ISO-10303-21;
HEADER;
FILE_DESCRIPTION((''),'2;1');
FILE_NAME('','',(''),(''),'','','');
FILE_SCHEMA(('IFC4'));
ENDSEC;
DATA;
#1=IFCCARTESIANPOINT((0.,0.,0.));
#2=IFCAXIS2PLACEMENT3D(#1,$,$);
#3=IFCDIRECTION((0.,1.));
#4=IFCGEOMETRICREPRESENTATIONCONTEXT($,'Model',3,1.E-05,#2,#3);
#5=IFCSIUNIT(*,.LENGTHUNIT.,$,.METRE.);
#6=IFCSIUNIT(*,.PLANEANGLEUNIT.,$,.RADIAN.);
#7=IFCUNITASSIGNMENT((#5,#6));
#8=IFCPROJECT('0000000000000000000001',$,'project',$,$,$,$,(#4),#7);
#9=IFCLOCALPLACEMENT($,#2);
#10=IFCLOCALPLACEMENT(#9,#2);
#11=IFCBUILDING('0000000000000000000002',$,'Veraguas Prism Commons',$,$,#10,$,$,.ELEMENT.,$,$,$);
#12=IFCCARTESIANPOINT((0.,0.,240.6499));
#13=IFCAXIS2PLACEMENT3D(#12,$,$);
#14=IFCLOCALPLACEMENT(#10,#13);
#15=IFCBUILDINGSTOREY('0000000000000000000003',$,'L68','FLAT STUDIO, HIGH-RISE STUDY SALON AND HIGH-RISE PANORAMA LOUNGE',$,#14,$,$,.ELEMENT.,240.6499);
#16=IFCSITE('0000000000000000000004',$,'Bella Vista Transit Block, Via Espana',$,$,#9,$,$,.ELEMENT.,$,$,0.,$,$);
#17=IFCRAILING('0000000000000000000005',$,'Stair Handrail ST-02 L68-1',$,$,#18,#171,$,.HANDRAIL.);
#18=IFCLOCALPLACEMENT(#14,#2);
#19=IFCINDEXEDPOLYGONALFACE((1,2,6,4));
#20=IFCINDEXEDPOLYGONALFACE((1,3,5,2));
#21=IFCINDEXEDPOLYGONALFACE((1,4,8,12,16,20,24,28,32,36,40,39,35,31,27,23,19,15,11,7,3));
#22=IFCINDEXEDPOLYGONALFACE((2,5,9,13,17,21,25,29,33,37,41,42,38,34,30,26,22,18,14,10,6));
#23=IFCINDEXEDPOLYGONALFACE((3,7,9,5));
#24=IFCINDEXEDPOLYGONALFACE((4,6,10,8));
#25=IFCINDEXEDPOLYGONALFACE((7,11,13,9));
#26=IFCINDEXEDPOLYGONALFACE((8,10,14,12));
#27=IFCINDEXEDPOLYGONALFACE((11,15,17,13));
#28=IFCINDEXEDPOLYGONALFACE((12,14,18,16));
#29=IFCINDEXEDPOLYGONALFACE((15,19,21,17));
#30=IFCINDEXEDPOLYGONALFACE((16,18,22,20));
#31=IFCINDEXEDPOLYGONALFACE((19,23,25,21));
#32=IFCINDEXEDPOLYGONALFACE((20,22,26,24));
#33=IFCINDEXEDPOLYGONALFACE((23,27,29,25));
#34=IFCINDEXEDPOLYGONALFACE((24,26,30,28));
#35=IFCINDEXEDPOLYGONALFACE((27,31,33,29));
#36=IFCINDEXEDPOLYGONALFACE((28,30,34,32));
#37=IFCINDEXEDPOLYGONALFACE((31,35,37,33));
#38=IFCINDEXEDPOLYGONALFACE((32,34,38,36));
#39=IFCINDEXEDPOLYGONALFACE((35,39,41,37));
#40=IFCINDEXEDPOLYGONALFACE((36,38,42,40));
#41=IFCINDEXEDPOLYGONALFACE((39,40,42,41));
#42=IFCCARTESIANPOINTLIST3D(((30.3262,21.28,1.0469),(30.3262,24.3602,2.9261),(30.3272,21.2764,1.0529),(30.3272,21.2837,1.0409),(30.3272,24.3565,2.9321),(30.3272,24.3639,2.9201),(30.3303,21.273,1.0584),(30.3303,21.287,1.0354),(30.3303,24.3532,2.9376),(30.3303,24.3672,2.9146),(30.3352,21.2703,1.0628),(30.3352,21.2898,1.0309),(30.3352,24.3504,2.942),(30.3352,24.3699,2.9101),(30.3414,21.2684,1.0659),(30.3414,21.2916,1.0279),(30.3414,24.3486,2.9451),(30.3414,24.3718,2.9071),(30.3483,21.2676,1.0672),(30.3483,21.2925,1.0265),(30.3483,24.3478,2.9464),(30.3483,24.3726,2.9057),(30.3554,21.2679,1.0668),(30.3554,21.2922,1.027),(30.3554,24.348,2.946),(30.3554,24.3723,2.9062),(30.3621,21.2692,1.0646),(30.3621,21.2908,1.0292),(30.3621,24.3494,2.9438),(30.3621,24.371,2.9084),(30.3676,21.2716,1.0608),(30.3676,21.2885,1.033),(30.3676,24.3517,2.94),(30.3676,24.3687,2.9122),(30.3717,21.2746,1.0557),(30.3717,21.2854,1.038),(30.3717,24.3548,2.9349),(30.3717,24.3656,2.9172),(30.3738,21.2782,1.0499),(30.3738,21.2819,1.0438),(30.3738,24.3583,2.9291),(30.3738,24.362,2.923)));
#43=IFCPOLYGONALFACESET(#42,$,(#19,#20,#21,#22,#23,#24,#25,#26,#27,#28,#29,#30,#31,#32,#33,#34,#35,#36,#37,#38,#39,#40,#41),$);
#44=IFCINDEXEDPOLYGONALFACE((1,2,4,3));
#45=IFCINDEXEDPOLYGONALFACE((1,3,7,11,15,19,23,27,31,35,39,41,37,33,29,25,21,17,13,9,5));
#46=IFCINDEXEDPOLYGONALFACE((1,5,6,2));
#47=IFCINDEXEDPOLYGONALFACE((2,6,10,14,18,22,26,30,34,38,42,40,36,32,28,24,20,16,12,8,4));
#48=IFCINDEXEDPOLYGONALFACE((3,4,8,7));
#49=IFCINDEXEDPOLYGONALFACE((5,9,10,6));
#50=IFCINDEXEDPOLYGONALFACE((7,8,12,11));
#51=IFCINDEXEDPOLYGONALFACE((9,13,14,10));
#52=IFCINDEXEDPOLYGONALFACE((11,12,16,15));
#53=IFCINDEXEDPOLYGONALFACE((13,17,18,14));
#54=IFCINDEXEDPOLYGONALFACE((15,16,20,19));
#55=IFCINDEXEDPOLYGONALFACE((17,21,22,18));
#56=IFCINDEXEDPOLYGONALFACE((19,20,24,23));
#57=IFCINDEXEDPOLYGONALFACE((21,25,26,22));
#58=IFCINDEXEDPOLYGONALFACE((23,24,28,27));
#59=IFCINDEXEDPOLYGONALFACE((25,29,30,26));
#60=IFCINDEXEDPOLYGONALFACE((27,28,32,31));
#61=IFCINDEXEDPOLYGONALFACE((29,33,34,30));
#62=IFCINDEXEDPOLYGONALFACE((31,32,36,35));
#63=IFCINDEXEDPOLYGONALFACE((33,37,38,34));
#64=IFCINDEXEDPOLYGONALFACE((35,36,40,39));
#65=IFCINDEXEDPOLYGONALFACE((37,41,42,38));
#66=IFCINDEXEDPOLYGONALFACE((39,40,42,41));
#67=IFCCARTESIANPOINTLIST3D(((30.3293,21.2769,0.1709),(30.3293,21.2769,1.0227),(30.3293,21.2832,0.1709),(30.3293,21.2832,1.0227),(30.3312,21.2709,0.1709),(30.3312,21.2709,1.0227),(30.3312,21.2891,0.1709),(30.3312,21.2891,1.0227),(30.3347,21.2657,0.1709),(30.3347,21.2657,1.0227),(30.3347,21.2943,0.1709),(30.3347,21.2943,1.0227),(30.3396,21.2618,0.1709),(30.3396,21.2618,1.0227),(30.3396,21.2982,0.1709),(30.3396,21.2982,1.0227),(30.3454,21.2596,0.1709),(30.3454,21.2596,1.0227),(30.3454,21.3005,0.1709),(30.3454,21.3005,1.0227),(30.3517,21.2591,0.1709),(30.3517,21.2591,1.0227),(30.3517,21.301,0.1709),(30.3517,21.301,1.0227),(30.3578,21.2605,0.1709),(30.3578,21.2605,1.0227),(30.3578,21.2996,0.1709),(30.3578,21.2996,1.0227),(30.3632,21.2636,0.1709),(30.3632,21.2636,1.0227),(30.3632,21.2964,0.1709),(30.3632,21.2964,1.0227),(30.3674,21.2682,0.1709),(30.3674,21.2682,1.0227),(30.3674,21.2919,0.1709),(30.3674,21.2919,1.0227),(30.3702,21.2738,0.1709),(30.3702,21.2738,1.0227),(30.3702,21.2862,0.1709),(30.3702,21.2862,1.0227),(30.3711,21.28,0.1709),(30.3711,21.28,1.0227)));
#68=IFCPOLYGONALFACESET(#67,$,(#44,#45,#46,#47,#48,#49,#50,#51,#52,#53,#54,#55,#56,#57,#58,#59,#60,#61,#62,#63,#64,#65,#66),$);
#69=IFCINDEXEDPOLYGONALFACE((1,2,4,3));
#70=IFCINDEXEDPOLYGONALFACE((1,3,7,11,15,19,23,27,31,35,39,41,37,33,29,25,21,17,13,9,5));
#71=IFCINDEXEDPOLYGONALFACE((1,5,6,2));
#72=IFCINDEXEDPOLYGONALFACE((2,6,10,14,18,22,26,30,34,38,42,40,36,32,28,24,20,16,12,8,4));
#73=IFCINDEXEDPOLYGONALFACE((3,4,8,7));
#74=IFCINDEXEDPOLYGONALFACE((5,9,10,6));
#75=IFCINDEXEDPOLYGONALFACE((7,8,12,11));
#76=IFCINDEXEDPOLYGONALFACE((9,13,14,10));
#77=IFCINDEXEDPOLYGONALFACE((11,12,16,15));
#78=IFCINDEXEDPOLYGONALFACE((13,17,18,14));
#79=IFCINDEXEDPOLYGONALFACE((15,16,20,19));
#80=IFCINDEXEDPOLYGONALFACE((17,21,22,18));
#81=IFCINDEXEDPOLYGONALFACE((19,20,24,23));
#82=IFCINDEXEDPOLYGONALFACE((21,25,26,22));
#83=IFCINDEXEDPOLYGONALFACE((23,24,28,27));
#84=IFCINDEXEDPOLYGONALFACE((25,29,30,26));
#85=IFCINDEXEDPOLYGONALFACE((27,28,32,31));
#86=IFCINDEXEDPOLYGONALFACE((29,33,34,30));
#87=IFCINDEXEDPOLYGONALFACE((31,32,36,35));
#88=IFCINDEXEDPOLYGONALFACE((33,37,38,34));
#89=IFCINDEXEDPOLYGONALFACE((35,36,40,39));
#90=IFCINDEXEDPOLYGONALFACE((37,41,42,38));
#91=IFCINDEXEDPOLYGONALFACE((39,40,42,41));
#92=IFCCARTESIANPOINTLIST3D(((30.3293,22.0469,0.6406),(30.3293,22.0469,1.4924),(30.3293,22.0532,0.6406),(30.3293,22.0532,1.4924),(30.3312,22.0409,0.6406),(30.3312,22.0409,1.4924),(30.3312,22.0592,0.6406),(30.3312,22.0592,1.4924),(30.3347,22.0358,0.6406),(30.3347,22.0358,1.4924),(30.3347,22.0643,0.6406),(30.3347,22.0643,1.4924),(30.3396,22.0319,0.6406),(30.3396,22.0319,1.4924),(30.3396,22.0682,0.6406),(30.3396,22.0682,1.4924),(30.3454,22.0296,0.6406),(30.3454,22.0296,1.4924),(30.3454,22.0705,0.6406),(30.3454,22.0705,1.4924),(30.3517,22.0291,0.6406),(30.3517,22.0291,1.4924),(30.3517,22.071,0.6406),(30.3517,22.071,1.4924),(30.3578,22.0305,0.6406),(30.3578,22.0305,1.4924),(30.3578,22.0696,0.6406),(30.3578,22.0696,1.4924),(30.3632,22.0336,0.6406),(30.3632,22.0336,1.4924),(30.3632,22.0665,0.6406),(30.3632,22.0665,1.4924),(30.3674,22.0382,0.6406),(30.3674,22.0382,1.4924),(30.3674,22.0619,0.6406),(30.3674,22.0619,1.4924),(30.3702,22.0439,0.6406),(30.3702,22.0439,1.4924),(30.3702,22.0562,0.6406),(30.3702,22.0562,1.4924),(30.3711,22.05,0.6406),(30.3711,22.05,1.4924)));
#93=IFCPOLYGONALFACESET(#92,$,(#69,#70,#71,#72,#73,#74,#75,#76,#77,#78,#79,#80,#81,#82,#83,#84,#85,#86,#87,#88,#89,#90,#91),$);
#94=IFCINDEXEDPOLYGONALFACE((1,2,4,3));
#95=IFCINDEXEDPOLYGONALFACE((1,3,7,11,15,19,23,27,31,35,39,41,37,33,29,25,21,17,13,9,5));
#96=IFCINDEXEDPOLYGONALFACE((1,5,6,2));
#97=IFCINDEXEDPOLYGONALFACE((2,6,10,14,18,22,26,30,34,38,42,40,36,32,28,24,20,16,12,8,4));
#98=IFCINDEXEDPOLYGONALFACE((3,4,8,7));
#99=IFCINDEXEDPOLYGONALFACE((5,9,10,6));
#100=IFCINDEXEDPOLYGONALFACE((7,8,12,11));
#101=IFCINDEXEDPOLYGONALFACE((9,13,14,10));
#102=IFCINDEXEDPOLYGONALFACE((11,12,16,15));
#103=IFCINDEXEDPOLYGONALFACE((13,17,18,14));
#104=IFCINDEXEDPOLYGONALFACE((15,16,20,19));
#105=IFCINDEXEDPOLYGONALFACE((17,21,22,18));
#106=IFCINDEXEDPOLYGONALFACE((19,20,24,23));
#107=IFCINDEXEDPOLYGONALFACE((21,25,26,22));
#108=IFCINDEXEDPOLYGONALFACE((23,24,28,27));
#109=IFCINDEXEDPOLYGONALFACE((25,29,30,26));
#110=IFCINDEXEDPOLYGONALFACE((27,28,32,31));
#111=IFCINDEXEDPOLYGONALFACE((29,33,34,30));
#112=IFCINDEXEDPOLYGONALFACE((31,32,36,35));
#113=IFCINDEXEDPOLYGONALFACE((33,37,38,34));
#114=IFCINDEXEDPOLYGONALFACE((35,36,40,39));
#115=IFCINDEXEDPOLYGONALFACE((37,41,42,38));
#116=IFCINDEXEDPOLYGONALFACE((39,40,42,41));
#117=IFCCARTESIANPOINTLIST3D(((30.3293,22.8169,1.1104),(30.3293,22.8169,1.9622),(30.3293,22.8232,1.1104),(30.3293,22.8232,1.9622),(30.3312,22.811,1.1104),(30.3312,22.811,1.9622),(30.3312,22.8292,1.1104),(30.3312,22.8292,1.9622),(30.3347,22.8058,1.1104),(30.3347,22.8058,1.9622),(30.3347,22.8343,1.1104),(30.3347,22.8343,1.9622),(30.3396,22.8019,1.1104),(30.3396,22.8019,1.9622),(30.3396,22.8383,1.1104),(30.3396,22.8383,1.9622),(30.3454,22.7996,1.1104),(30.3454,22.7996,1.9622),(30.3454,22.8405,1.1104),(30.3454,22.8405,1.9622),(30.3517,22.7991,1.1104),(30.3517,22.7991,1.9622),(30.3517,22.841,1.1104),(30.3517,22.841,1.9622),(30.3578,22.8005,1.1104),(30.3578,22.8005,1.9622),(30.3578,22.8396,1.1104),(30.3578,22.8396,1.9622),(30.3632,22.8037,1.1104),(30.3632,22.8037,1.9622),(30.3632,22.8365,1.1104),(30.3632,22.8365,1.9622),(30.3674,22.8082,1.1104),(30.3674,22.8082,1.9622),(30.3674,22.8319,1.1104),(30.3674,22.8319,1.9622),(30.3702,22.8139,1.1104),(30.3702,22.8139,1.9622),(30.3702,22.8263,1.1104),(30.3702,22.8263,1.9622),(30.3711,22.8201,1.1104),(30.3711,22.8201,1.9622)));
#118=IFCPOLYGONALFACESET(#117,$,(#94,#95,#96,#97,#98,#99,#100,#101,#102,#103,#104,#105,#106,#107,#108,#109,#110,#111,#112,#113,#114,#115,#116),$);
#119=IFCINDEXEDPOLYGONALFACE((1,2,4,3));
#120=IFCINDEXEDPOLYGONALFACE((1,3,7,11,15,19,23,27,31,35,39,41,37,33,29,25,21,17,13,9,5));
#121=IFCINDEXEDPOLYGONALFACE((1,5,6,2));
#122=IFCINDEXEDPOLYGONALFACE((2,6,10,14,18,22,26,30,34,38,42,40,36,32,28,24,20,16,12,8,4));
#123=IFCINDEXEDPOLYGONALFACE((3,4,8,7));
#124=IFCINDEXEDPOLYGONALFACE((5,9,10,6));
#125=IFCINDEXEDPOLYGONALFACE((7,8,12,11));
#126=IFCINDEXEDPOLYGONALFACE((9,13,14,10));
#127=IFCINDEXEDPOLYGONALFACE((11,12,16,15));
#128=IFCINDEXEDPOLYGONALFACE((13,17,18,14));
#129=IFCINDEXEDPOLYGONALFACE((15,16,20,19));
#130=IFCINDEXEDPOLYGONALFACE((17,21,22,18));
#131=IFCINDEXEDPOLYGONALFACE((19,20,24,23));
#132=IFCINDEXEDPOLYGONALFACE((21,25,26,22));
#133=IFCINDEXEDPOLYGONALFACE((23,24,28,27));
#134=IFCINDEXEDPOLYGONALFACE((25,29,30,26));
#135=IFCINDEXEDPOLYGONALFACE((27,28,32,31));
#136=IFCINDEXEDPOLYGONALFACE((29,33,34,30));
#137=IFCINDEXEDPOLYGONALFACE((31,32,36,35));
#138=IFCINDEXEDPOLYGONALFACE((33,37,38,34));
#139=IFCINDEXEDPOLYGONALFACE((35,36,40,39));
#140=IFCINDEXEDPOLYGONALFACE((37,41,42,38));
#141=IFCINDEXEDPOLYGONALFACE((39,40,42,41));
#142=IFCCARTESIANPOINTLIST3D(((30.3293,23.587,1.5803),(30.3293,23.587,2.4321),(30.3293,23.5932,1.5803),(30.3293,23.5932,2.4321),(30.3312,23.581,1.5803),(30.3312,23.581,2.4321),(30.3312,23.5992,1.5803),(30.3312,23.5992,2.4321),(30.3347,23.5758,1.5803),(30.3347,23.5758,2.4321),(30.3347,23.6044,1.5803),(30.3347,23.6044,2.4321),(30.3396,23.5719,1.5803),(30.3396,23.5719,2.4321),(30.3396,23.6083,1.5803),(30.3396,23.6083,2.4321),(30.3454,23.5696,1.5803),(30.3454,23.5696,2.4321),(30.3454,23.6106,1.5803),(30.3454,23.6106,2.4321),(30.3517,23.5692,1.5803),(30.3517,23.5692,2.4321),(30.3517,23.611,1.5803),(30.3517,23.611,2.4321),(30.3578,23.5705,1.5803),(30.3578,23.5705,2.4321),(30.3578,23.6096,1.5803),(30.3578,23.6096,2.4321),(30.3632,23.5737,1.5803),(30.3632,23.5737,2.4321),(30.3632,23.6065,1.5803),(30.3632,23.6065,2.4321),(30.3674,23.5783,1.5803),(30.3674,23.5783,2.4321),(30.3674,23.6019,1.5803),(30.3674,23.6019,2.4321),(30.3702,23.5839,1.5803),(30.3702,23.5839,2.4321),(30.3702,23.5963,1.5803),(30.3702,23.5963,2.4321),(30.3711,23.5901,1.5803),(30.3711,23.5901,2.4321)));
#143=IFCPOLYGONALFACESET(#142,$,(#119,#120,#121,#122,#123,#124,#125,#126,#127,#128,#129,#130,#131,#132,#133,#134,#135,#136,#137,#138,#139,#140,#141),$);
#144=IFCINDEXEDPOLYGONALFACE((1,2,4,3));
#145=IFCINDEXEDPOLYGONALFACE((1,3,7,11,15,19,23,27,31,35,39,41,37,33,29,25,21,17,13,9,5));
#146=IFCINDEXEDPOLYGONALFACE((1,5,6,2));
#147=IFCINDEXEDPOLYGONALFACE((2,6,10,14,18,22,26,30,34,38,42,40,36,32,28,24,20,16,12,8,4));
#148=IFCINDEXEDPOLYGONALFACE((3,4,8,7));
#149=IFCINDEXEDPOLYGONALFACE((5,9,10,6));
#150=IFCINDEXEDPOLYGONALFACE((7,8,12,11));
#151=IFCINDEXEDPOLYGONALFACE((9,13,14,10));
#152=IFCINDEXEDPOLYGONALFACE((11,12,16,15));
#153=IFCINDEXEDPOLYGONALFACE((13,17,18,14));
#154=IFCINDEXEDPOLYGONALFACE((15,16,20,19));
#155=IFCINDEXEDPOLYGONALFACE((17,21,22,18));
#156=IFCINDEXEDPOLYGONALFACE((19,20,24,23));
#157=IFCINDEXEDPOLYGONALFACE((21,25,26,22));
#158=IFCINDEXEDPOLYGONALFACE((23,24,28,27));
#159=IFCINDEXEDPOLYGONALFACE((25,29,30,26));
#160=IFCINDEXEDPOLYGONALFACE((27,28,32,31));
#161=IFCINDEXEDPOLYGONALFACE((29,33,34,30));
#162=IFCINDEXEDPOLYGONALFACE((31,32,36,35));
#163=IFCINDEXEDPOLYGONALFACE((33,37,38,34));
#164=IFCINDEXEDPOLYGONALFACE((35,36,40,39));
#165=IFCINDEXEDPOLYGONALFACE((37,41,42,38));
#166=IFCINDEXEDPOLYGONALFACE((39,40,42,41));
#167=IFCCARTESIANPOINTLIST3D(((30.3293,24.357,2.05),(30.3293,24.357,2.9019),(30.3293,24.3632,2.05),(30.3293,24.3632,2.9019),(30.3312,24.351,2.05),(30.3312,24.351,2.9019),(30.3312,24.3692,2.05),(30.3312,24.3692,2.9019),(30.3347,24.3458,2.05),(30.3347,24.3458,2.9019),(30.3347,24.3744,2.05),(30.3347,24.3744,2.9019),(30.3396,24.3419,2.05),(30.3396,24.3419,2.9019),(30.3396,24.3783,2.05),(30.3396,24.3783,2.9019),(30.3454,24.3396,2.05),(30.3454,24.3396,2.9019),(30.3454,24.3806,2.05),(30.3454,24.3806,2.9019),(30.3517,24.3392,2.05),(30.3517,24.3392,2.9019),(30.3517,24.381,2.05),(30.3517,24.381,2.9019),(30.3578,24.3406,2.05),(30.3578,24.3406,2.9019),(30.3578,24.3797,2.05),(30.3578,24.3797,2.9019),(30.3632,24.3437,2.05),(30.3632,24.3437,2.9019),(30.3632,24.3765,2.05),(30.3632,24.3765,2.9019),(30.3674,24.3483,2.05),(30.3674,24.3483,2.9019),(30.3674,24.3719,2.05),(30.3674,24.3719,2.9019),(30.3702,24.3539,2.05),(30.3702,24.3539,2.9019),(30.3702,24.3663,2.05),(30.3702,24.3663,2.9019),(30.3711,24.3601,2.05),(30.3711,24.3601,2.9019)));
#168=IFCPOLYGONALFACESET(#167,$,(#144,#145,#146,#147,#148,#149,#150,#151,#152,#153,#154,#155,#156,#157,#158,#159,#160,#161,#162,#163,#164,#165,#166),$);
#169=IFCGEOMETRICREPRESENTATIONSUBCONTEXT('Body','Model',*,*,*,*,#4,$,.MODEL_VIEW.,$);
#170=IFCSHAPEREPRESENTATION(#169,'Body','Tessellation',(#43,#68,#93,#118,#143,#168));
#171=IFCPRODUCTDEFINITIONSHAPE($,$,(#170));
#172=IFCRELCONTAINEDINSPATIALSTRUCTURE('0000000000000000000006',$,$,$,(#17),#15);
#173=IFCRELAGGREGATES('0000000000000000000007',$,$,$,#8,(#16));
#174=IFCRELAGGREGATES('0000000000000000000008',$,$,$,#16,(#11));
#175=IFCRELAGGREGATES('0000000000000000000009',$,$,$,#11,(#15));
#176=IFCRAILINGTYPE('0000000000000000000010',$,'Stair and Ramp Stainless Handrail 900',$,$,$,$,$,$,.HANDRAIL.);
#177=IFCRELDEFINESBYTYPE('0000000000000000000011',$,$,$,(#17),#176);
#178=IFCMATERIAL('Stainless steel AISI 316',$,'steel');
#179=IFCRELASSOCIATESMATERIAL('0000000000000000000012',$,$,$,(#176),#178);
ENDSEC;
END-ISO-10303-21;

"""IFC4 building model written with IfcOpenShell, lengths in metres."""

from ifc_helpers import new_model, si_unit, direction, frame, origin, origin_2d, place, context, subcontext, project, spatial, circle, extrude, material, type_object, element, save


model = new_model("IFC4")

# Units and contexts
model_context = context("Model", 3, precision=1e-05, world=origin(), true_north=direction((0.0, 1.0)))
body_context = subcontext(model_context, "Body", "Model", "MODEL_VIEW")
ifc_project = project(units=[si_unit("LENGTHUNIT", "METRE"), si_unit("PLANEANGLEUNIT", "RADIAN")], contexts=[model_context])

# Site, building, storey
site_placement = place(None, origin())
site = spatial("IfcSite", under=ifc_project, at=site_placement, Name="Bella Vista Transit Block, Via Espana", CompositionType="ELEMENT", RefElevation=0.0)
building_placement = place(site_placement, origin())
building = spatial("IfcBuilding", under=site, at=building_placement, Name="Veraguas Prism Commons", CompositionType="ELEMENT")
storey_placement = place(building_placement, frame((0.0, 0.0, 240.6499)))
storey = spatial("IfcBuildingStorey", under=building, at=storey_placement, Name="L68", Description="FLAT STUDIO, HIGH-RISE STUDY SALON AND HIGH-RISE PANORAMA LOUNGE", CompositionType="ELEMENT", Elevation=240.6499)

# Railing
ifc_material_1 = material(Name="Stainless steel AISI 316", Category="steel")
railing_type_1 = type_object("IfcRailingType", Name="Stair and Ramp Stainless Handrail 900", PredefinedType="HANDRAIL", material=ifc_material_1)
railing_1_placement = place(storey_placement, frame((30.3501, 21.28, 0.1709)))
element("IfcRailing", 1, at=railing_1_placement, inside=storey, type_object=railing_type_1, Name="Stair Handrail ST-02 L68-1", PredefinedType="HANDRAIL", context=body_context, shape_type="SweptSolid", body=[
    extrude(circle(Radius=0.0239, at=origin_2d()), frame((0.0, 0.0, 0.876), z_axis=(0.0, 0.853666, 0.52082), x_axis=(-1.0, 0.0, 0.0)), (0.0, 0.0, 1.0), 3.6082),
    extrude(circle(Radius=0.021, at=origin_2d()), origin(), (0.0, 0.0, 1.0), 0.8518),
    extrude(circle(Radius=0.021, at=origin_2d()), frame((0.0, 0.77, 0.4697)), (0.0, 0.0, 1.0), 0.8518),
    extrude(circle(Radius=0.021, at=origin_2d()), frame((0.0, 1.54, 0.9395)), (0.0, 0.0, 1.0), 0.8518),
    extrude(circle(Radius=0.021, at=origin_2d()), frame((0.0, 2.3101, 1.4094)), (0.0, 0.0, 1.0), 0.8518),
    extrude(circle(Radius=0.021, at=origin_2d()), frame((0.0, 3.0801, 1.8792)), (0.0, 0.0, 1.0), 0.8518),
])

save(model, "model.ifc")
